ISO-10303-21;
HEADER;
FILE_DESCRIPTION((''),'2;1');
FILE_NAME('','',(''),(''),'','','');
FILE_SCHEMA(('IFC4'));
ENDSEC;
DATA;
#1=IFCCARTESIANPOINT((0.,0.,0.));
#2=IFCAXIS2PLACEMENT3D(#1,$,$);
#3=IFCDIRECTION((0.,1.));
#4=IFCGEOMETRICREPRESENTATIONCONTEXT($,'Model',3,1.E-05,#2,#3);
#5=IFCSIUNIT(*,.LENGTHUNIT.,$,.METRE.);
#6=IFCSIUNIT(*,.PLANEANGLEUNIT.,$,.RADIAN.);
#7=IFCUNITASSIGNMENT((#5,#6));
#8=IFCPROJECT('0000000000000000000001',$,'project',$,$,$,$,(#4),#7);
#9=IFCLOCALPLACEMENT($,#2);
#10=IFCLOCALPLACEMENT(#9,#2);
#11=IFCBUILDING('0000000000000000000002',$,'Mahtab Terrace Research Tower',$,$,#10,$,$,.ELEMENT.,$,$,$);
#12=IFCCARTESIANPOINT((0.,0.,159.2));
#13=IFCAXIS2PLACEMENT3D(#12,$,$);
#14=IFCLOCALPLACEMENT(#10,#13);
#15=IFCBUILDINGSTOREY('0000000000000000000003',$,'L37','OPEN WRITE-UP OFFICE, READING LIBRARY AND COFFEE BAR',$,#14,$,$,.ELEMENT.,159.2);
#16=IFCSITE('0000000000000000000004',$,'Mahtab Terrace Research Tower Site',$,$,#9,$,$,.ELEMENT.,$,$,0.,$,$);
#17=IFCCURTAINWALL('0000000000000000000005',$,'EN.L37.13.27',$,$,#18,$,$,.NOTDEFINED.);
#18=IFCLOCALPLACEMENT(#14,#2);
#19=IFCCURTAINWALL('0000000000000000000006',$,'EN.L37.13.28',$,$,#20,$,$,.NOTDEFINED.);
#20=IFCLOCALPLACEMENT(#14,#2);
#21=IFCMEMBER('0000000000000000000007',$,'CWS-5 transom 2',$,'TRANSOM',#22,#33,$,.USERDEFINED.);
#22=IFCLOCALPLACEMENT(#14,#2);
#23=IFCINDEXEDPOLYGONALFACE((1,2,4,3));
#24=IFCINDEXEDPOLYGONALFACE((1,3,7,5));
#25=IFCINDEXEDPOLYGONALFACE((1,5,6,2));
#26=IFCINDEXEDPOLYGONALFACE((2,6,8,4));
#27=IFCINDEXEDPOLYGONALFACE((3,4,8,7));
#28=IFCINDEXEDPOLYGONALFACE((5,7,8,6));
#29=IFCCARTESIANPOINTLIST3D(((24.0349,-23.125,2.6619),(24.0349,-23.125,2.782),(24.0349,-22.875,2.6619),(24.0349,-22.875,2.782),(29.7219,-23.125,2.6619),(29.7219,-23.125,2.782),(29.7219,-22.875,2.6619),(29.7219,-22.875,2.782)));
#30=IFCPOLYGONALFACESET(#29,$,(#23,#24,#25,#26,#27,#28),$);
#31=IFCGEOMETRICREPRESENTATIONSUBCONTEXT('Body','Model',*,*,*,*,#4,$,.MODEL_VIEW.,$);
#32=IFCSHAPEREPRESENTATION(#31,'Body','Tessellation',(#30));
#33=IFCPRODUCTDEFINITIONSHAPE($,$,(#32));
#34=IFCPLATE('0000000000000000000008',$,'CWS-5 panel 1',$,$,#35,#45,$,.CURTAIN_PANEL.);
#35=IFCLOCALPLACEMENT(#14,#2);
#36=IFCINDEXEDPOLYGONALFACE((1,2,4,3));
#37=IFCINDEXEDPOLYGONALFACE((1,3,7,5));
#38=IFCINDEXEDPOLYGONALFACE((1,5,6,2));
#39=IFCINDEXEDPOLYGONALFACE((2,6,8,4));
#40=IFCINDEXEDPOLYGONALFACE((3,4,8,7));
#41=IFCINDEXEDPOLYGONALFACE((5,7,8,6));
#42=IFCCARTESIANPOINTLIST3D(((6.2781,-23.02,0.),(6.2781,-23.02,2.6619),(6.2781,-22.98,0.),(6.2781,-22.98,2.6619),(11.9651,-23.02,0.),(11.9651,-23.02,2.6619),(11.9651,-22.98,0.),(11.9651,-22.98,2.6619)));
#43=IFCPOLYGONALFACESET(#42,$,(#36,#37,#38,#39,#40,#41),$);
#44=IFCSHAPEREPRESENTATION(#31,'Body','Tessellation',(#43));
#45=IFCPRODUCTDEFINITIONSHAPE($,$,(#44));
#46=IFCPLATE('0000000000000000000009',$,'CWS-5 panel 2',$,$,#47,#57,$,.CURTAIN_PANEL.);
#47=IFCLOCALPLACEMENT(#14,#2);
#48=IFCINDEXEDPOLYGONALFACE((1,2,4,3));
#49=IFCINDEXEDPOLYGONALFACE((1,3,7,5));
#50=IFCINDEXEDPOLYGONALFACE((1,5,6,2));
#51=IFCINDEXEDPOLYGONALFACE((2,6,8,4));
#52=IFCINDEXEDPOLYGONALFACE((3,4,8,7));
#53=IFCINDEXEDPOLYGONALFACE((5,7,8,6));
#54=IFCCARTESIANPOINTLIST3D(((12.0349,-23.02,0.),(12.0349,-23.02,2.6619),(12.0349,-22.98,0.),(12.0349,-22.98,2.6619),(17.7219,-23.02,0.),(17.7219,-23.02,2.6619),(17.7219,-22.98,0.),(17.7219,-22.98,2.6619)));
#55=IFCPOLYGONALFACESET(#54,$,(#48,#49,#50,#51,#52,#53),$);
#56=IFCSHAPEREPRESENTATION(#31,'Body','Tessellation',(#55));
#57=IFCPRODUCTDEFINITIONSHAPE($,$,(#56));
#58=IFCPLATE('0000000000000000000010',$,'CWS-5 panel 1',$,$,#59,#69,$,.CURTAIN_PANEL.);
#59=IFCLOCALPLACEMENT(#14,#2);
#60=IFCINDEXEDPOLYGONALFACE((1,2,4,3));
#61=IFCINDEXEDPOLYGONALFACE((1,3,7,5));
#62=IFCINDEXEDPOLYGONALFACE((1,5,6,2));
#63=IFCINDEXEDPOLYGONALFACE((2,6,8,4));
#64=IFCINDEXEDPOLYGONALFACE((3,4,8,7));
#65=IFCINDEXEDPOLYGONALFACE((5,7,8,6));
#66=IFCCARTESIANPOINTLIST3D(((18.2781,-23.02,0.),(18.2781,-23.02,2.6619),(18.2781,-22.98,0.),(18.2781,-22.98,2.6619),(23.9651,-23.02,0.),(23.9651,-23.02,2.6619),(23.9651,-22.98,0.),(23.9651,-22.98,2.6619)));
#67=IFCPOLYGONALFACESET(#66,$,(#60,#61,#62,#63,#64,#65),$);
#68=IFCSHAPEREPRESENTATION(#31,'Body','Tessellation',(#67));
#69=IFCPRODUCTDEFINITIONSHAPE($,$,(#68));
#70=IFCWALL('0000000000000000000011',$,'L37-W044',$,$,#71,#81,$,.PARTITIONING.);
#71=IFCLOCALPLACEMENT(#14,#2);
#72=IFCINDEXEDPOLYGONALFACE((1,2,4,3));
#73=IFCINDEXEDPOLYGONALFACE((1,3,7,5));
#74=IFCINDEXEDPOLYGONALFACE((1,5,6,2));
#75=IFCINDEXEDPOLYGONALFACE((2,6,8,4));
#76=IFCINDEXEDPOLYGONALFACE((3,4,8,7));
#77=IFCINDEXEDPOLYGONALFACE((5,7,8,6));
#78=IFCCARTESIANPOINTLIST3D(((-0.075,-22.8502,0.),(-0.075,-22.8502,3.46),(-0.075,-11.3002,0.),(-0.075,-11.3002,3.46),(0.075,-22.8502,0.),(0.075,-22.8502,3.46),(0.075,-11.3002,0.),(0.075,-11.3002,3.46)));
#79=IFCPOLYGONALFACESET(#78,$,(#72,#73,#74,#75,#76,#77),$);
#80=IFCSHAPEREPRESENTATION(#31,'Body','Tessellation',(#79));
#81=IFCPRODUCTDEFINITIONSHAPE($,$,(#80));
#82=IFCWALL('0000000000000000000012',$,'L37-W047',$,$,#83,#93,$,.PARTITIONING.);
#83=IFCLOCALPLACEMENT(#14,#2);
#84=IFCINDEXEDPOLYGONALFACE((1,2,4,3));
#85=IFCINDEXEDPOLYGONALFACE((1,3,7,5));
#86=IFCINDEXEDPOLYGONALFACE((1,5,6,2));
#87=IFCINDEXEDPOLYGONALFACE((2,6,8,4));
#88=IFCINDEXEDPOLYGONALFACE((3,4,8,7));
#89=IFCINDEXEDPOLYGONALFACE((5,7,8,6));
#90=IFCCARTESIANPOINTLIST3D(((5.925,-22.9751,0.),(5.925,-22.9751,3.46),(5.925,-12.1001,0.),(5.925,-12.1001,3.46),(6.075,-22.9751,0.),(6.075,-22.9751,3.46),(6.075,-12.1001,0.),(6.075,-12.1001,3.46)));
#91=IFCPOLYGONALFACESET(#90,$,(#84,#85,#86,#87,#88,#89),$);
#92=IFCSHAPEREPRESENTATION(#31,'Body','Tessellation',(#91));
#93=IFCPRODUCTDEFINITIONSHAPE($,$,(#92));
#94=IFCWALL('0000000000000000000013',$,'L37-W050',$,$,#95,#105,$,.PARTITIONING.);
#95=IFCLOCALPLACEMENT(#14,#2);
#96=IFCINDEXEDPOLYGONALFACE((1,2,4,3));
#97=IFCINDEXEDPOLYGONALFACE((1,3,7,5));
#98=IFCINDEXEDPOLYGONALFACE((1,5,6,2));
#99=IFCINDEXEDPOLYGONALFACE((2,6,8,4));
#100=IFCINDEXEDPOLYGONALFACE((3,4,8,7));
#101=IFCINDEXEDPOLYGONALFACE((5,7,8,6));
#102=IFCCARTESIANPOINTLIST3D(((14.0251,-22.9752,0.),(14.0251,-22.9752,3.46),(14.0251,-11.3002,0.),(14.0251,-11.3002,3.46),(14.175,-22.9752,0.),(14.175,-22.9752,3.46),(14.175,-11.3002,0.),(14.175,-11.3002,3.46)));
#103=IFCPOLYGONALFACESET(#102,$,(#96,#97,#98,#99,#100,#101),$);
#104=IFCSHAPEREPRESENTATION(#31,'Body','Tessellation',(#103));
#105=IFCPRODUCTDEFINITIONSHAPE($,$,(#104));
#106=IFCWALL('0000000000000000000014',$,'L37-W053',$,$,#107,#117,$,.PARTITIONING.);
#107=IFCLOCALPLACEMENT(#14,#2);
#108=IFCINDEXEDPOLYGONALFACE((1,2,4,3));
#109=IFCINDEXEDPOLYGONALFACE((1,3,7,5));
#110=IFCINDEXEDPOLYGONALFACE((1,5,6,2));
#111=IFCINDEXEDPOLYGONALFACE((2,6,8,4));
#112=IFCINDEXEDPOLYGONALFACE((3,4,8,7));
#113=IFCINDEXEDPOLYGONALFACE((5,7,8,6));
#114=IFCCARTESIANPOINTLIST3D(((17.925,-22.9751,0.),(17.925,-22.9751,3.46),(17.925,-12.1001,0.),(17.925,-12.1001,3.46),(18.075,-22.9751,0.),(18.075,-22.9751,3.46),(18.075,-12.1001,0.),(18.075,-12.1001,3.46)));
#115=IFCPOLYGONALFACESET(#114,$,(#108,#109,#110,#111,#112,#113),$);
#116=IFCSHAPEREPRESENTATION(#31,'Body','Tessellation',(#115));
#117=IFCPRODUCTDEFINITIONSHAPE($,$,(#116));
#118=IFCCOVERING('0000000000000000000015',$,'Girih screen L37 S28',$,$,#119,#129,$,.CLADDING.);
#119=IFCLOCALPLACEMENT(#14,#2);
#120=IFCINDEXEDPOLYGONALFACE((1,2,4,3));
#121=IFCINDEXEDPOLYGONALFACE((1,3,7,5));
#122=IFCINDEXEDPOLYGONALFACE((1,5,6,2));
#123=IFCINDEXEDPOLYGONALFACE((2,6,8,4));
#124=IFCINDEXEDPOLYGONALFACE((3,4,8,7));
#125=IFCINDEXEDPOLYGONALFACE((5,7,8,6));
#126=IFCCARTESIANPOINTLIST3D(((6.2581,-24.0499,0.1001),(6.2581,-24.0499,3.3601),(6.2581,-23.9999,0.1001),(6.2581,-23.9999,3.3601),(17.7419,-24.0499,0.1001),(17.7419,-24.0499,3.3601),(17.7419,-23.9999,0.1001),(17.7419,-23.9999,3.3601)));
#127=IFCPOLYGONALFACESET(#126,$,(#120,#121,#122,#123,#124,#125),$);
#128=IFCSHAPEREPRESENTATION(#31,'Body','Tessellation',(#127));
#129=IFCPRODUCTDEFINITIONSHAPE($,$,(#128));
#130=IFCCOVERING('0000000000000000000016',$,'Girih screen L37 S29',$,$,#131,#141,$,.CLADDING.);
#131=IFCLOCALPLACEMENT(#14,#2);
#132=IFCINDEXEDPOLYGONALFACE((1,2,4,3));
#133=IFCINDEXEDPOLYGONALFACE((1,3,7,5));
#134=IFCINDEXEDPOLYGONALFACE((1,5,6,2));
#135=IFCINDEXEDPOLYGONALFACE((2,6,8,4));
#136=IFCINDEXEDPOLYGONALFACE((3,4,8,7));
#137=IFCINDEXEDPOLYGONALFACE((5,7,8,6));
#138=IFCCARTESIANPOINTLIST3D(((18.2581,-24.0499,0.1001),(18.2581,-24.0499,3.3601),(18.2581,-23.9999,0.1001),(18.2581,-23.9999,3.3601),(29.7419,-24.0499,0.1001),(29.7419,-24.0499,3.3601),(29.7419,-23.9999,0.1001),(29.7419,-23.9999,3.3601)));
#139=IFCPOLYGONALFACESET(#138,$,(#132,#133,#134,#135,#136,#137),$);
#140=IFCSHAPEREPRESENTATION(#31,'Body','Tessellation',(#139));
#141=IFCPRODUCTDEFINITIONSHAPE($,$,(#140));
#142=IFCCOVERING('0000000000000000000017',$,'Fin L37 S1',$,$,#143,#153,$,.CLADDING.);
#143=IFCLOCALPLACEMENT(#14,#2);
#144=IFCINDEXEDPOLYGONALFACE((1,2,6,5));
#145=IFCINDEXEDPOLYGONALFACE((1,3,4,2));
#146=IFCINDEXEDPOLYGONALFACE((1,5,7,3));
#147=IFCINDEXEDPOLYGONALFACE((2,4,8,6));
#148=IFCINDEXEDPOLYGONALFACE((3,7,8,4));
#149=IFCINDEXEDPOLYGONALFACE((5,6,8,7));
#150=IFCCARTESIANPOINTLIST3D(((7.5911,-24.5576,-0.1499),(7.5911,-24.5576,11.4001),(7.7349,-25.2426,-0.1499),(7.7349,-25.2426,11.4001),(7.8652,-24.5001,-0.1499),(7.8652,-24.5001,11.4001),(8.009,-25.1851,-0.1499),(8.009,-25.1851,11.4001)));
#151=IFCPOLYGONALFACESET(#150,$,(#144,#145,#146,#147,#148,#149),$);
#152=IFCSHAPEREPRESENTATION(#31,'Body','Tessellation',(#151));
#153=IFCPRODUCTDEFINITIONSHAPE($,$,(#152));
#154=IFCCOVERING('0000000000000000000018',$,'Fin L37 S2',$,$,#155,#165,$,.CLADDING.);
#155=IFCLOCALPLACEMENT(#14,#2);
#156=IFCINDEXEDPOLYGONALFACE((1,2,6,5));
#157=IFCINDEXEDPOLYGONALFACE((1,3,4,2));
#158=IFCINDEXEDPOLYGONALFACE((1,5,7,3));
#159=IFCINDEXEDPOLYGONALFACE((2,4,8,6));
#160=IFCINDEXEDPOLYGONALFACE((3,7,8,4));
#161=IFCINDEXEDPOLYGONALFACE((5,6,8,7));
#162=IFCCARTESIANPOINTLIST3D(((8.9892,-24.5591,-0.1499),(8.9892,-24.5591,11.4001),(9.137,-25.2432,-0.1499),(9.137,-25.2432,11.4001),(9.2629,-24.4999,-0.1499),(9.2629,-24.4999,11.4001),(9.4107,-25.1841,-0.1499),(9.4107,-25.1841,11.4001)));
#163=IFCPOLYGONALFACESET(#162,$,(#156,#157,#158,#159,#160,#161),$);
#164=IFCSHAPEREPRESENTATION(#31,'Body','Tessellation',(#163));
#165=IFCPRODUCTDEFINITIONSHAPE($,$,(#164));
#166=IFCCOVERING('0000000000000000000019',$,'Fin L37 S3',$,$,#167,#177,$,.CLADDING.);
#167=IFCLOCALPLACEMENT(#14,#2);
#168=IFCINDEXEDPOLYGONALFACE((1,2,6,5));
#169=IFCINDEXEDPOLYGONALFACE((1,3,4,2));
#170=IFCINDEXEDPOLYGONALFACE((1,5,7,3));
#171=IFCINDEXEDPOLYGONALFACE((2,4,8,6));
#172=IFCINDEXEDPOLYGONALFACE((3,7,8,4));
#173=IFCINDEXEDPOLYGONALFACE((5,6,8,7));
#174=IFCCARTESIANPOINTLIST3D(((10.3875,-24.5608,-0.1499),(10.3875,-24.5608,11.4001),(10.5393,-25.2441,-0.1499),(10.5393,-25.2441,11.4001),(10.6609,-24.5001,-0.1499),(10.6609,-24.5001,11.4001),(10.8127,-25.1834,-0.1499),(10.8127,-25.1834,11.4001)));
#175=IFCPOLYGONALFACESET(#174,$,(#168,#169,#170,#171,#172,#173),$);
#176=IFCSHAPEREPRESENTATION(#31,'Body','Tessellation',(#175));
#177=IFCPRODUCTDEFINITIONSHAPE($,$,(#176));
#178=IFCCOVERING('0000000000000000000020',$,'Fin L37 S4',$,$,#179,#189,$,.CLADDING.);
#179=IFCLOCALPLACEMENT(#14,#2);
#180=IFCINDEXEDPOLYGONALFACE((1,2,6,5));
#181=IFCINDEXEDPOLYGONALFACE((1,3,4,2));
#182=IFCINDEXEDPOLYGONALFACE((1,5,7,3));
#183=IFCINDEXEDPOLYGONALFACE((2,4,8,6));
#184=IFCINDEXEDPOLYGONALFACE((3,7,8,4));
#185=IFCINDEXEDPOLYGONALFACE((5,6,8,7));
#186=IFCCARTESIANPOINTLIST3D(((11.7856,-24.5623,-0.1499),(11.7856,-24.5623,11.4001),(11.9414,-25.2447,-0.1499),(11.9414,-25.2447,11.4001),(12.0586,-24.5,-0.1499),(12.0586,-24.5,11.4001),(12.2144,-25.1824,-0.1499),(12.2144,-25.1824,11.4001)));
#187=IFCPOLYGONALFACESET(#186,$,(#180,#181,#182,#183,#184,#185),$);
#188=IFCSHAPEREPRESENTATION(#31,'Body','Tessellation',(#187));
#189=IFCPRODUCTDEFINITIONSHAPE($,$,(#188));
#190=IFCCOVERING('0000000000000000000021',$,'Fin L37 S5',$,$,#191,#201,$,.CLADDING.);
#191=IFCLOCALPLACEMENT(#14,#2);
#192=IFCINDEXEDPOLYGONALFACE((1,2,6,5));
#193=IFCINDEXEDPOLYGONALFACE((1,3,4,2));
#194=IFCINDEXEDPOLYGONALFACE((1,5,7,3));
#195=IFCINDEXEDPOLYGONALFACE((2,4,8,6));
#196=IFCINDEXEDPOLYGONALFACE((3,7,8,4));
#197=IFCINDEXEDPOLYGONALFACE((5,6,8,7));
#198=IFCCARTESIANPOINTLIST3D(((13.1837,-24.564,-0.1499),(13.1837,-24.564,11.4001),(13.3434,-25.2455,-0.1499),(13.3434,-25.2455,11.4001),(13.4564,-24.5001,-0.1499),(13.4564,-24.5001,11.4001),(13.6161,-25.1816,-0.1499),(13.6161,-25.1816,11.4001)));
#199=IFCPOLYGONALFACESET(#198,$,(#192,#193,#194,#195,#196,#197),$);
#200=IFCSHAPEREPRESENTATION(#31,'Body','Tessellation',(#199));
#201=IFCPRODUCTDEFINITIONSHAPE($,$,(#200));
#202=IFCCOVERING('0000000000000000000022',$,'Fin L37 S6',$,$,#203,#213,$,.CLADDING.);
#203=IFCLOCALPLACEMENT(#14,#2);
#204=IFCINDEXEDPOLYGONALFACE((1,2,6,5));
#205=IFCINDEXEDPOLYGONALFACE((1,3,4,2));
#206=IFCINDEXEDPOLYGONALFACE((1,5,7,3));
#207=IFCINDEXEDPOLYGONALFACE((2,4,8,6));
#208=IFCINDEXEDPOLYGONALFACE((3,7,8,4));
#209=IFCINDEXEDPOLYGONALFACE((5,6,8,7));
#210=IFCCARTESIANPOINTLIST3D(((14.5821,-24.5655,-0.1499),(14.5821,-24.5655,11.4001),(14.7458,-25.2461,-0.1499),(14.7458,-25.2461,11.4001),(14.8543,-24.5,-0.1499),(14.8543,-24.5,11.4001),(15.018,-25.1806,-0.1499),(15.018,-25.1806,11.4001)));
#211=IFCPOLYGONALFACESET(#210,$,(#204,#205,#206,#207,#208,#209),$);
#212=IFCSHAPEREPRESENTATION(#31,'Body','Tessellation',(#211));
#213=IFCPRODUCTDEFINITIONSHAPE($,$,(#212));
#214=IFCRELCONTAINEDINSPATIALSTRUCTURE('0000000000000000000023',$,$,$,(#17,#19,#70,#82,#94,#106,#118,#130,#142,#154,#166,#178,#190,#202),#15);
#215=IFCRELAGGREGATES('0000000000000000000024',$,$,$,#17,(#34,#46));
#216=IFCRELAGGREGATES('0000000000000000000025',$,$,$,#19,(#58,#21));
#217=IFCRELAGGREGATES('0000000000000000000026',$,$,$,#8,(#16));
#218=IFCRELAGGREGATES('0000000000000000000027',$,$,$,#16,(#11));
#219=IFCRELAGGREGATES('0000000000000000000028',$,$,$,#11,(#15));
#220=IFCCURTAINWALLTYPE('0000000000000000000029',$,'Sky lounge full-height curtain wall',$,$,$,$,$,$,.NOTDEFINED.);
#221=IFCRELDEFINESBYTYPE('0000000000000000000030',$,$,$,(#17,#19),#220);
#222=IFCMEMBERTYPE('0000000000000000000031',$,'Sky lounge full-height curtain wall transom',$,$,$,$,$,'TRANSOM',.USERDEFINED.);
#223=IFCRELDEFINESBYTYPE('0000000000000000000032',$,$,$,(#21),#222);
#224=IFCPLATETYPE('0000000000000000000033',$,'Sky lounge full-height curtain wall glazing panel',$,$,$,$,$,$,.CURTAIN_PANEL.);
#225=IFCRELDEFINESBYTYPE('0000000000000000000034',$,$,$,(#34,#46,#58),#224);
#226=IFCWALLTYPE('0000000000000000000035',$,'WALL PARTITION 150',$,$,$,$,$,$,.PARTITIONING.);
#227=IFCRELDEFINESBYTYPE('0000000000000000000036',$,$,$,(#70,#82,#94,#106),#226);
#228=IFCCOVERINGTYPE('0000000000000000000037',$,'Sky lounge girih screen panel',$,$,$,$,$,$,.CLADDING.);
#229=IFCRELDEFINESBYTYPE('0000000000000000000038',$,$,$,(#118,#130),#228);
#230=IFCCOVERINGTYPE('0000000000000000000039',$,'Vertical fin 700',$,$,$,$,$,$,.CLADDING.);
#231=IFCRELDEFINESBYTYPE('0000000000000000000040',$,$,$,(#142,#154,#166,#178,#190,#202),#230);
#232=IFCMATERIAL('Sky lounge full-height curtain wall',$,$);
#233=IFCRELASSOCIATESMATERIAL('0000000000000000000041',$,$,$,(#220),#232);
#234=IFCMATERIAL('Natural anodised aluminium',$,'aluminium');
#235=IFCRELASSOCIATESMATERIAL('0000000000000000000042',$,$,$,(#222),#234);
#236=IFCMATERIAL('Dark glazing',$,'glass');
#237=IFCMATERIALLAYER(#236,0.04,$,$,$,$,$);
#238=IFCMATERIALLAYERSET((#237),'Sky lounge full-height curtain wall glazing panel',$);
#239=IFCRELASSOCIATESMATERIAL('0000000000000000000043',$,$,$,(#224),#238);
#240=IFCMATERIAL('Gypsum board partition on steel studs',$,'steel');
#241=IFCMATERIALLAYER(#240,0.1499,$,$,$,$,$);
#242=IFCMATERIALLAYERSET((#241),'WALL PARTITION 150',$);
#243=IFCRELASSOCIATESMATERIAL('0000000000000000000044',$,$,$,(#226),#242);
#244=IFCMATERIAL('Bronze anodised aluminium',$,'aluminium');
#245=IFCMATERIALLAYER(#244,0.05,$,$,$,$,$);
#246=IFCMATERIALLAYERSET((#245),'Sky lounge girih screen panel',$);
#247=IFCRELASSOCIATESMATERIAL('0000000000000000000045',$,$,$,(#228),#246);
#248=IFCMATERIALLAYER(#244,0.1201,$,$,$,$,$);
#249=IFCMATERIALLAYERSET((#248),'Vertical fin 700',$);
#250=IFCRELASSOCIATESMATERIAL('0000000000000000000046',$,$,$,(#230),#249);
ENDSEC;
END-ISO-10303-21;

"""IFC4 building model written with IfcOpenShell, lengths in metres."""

from ifc_helpers import new_model, si_unit, direction, frame, frame_2d, origin, origin_2d, place, context, subcontext, project, spatial, rectangle, extrude, material, layer, layer_set, material_profile, profile_set, type_object, element, aggregate, save


model = new_model("IFC4")

# Units and contexts
model_context = context("Model", 3, precision=1e-05, world=origin(), true_north=direction((0.0, 1.0)))
body_context = subcontext(model_context, "Body", "Model", "MODEL_VIEW")
ifc_project = project(units=[si_unit("LENGTHUNIT", "METRE"), si_unit("PLANEANGLEUNIT", "RADIAN")], contexts=[model_context])

# Site, building, storey
site_placement = place(None, origin())
site = spatial("IfcSite", under=ifc_project, at=site_placement, Name="Mahtab Terrace Research Tower Site", CompositionType="ELEMENT", RefElevation=0.0)
building_placement = place(site_placement, origin())
building = spatial("IfcBuilding", under=site, at=building_placement, Name="Mahtab Terrace Research Tower", CompositionType="ELEMENT")
storey_placement = place(building_placement, frame((0.0, 0.0, 159.2)))
storey = spatial("IfcBuildingStorey", under=building, at=storey_placement, Name="L37", Description="OPEN WRITE-UP OFFICE, READING LIBRARY AND COFFEE BAR", CompositionType="ELEMENT", Elevation=159.2)

# Curtain walls
ifc_material_1 = material(Name="Sky lounge full-height curtain wall")
curtain_wall_type = type_object("IfcCurtainWallType", Name="Sky lounge full-height curtain wall", PredefinedType="NOTDEFINED", material=ifc_material_1)
curtain_wall_1_placement = place(storey_placement, origin())
curtain_wall_1 = element("IfcCurtainWall", 1, at=curtain_wall_1_placement, inside=storey, type_object=curtain_wall_type, Name="EN.L37.13.27", PredefinedType="NOTDEFINED")
ifc_material_2 = material(Name="Natural anodised aluminium", Category="aluminium")
curtain_wall_2_placement = place(storey_placement, origin())
curtain_wall_2 = element("IfcCurtainWall", 2, at=curtain_wall_2_placement, inside=storey, type_object=curtain_wall_type, Name="EN.L37.13.28", PredefinedType="NOTDEFINED")

# Member
ifc_material_profile_1 = material_profile(ifc_material_2, rectangle(XDim=0.25, YDim=0.1201, at=origin_2d()), Name="TRANSOM 120x250")
ifc_profile_set_1 = profile_set([ifc_material_profile_1], Name="Natural anodised aluminium")
member_type_1 = type_object("IfcMemberType", Name="Sky lounge full-height curtain wall transom", ElementType="TRANSOM", PredefinedType="USERDEFINED", material=ifc_profile_set_1)
member_1_placement = place(storey_placement, frame((24.0349, -23.0, 2.7219), z_axis=(1.0, 0.0, 0.0), x_axis=(0.0, 1.0, 0.0)))
member_1 = element("IfcMember", 3, at=member_1_placement, type_object=member_type_1, Name="CWS-5 transom 2", ObjectType="TRANSOM", PredefinedType="USERDEFINED", context=body_context, shape_type="SweptSolid", body=[
    extrude(rectangle(XDim=0.25, YDim=0.1201, at=origin_2d()), origin(), (0.0, 0.0, 1.0), 5.687),
])

# Plates
ifc_material_3 = material(Name="Dark glazing", Category="glass")
ifc_layer_1 = layer(ifc_material_3, 0.04)
ifc_layer_set_1 = layer_set([ifc_layer_1], Name="Sky lounge full-height curtain wall glazing panel")
plate_type = type_object("IfcPlateType", Name="Sky lounge full-height curtain wall glazing panel", PredefinedType="CURTAIN_PANEL", material=ifc_layer_set_1)
plate_1_placement = place(storey_placement, frame((9.1216, -23.0, 0.0), z_axis=(0.0, 0.0, 1.0), x_axis=(1.0, 0.0, 0.0)))
plate_1 = element("IfcPlate", 4, at=plate_1_placement, type_object=plate_type, Name="CWS-5 panel 1", PredefinedType="CURTAIN_PANEL", context=body_context, shape_type="SweptSolid", body=[
    extrude(rectangle(XDim=5.687, YDim=0.04, at=origin_2d()), origin(), (0.0, 0.0, 1.0), 2.6619),
])
plate_2_placement = place(storey_placement, frame((14.8784, -23.0, 0.0), z_axis=(0.0, 0.0, 1.0), x_axis=(1.0, 0.0, 0.0)))
plate_2 = element("IfcPlate", 5, at=plate_2_placement, type_object=plate_type, Name="CWS-5 panel 2", PredefinedType="CURTAIN_PANEL", context=body_context, shape_type="SweptSolid", body=[
    extrude(rectangle(XDim=5.687, YDim=0.04, at=origin_2d()), origin(), (0.0, 0.0, 1.0), 2.6619),
])
aggregate(curtain_wall_1, [plate_1, plate_2])
plate_3_placement = place(storey_placement, frame((21.1216, -23.0, 0.0), z_axis=(0.0, 0.0, 1.0), x_axis=(1.0, 0.0, 0.0)))
plate_3 = element("IfcPlate", 6, at=plate_3_placement, type_object=plate_type, Name="CWS-5 panel 1", PredefinedType="CURTAIN_PANEL", context=body_context, shape_type="SweptSolid", body=[
    extrude(rectangle(XDim=5.687, YDim=0.04, at=origin_2d()), origin(), (0.0, 0.0, 1.0), 2.6619),
])
aggregate(curtain_wall_2, [plate_3, member_1])

# Walls
ifc_material_4 = material(Name="Gypsum board partition on steel studs", Category="steel")
ifc_layer_2 = layer(ifc_material_4, 0.1499)
ifc_layer_set_2 = layer_set([ifc_layer_2], Name="WALL PARTITION 150")
wall_type = type_object("IfcWallType", Name="WALL PARTITION 150", PredefinedType="PARTITIONING", material=ifc_layer_set_2)
wall_1_placement = place(storey_placement, frame((0.0, -22.8501, 0.0), z_axis=(0.0, 0.0, 1.0), x_axis=(0.0, 1.0, 0.0)))
element("IfcWall", 7, at=wall_1_placement, inside=storey, type_object=wall_type, Name="L37-W044", PredefinedType="PARTITIONING", context=body_context, shape_type="SweptSolid", body=[
    extrude(rectangle(XDim=11.55, YDim=0.1499, at=frame_2d((5.7749, 0.0))), origin(), (0.0, 0.0, 1.0), 3.46),
])
wall_2_placement = place(storey_placement, frame((6.0, -22.9751, 0.0), z_axis=(0.0, 0.0, 1.0), x_axis=(0.0, 1.0, 0.0)))
element("IfcWall", 8, at=wall_2_placement, inside=storey, type_object=wall_type, Name="L37-W047", PredefinedType="PARTITIONING", context=body_context, shape_type="SweptSolid", body=[
    extrude(rectangle(XDim=10.875, YDim=0.1499, at=frame_2d((5.4375, 0.0))), origin(), (0.0, 0.0, 1.0), 3.46),
])
wall_3_placement = place(storey_placement, frame((14.1001, -22.9751, 0.0), z_axis=(0.0, 0.0, 1.0), x_axis=(0.0, 1.0, 0.0)))
element("IfcWall", 9, at=wall_3_placement, inside=storey, type_object=wall_type, Name="L37-W050", PredefinedType="PARTITIONING", context=body_context, shape_type="SweptSolid", body=[
    extrude(rectangle(XDim=11.675, YDim=0.1499, at=frame_2d((5.8374, 0.0))), origin(), (0.0, 0.0, 1.0), 3.46),
])
wall_4_placement = place(storey_placement, frame((18.0, -22.9751, 0.0), z_axis=(0.0, 0.0, 1.0), x_axis=(0.0, 1.0, 0.0)))
element("IfcWall", 10, at=wall_4_placement, inside=storey, type_object=wall_type, Name="L37-W053", PredefinedType="PARTITIONING", context=body_context, shape_type="SweptSolid", body=[
    extrude(rectangle(XDim=10.875, YDim=0.1499, at=frame_2d((5.4375, 0.0))), origin(), (0.0, 0.0, 1.0), 3.46),
])

# Coverings
ifc_material_5 = material(Name="Bronze anodised aluminium", Category="aluminium")
ifc_layer_3 = layer(ifc_material_5, 0.05)
ifc_layer_set_3 = layer_set([ifc_layer_3], Name="Sky lounge girih screen panel")
covering_type_1 = type_object("IfcCoveringType", Name="Sky lounge girih screen panel", PredefinedType="CLADDING", material=ifc_layer_set_3)
for number, where, z_axis, x_axis, name in (
    (11, (12.0, -24.0249, 0.1001), (0.0, 0.0, 1.0), (1.0, 0.0, 0.0), "Girih screen L37 S28"),
    (12, (24.0, -24.0249, 0.1001), (0.0, 0.0, 1.0), (1.0, 0.0, 0.0), "Girih screen L37 S29"),
):
    element("IfcCovering", number, at=place(storey_placement, frame(where, z_axis=z_axis, x_axis=x_axis)), inside=storey, type_object=covering_type_1, Name=name, PredefinedType="CLADDING", context=body_context, shape_type="SweptSolid", body=[
        extrude(rectangle(XDim=11.4839, YDim=0.05, at=origin_2d()), origin(), (0.0, 0.0, 1.0), 3.26),
    ])
ifc_layer_4 = layer(ifc_material_5, 0.1201)
ifc_layer_set_4 = layer_set([ifc_layer_4], Name="Vertical fin 700")
covering_type_2 = type_object("IfcCoveringType", Name="Vertical fin 700", PredefinedType="CLADDING", material=ifc_layer_set_4)
for number, where, z_axis, x_axis, name in (
    (13, (7.8, -24.8713, -0.1499), (0.0, 0.0, 1.0), (0.978663, 0.205472, 0.0), "Fin L37 S1"),
    (14, (9.2, -24.8716, -0.1499), (0.0, 0.0, 1.0), (0.977451, 0.211162, 0.0), "Fin L37 S2"),
    (15, (10.6001, -24.8721, -0.1499), (0.0, 0.0, 1.0), (0.976206, 0.216845, 0.0), "Fin L37 S3"),
    (16, (12.0, -24.8723, -0.1499), (0.0, 0.0, 1.0), (0.974928, 0.222521, 0.0), "Fin L37 S4"),
    (17, (13.3999, -24.8728, -0.1499), (0.0, 0.0, 1.0), (0.973617, 0.228189, 0.0), "Fin L37 S5"),
    (18, (14.8, -24.873, -0.1499), (0.0, 0.0, 1.0), (0.972273, 0.233849, 0.0), "Fin L37 S6"),
):
    element("IfcCovering", number, at=place(storey_placement, frame(where, z_axis=z_axis, x_axis=x_axis)), inside=storey, type_object=covering_type_2, Name=name, PredefinedType="CLADDING", context=body_context, shape_type="SweptSolid", body=[
        extrude(rectangle(XDim=0.28, YDim=0.7, at=origin_2d()), origin(), (0.0, 0.0, 1.0), 11.55),
    ])

save(model, "model.ifc")
